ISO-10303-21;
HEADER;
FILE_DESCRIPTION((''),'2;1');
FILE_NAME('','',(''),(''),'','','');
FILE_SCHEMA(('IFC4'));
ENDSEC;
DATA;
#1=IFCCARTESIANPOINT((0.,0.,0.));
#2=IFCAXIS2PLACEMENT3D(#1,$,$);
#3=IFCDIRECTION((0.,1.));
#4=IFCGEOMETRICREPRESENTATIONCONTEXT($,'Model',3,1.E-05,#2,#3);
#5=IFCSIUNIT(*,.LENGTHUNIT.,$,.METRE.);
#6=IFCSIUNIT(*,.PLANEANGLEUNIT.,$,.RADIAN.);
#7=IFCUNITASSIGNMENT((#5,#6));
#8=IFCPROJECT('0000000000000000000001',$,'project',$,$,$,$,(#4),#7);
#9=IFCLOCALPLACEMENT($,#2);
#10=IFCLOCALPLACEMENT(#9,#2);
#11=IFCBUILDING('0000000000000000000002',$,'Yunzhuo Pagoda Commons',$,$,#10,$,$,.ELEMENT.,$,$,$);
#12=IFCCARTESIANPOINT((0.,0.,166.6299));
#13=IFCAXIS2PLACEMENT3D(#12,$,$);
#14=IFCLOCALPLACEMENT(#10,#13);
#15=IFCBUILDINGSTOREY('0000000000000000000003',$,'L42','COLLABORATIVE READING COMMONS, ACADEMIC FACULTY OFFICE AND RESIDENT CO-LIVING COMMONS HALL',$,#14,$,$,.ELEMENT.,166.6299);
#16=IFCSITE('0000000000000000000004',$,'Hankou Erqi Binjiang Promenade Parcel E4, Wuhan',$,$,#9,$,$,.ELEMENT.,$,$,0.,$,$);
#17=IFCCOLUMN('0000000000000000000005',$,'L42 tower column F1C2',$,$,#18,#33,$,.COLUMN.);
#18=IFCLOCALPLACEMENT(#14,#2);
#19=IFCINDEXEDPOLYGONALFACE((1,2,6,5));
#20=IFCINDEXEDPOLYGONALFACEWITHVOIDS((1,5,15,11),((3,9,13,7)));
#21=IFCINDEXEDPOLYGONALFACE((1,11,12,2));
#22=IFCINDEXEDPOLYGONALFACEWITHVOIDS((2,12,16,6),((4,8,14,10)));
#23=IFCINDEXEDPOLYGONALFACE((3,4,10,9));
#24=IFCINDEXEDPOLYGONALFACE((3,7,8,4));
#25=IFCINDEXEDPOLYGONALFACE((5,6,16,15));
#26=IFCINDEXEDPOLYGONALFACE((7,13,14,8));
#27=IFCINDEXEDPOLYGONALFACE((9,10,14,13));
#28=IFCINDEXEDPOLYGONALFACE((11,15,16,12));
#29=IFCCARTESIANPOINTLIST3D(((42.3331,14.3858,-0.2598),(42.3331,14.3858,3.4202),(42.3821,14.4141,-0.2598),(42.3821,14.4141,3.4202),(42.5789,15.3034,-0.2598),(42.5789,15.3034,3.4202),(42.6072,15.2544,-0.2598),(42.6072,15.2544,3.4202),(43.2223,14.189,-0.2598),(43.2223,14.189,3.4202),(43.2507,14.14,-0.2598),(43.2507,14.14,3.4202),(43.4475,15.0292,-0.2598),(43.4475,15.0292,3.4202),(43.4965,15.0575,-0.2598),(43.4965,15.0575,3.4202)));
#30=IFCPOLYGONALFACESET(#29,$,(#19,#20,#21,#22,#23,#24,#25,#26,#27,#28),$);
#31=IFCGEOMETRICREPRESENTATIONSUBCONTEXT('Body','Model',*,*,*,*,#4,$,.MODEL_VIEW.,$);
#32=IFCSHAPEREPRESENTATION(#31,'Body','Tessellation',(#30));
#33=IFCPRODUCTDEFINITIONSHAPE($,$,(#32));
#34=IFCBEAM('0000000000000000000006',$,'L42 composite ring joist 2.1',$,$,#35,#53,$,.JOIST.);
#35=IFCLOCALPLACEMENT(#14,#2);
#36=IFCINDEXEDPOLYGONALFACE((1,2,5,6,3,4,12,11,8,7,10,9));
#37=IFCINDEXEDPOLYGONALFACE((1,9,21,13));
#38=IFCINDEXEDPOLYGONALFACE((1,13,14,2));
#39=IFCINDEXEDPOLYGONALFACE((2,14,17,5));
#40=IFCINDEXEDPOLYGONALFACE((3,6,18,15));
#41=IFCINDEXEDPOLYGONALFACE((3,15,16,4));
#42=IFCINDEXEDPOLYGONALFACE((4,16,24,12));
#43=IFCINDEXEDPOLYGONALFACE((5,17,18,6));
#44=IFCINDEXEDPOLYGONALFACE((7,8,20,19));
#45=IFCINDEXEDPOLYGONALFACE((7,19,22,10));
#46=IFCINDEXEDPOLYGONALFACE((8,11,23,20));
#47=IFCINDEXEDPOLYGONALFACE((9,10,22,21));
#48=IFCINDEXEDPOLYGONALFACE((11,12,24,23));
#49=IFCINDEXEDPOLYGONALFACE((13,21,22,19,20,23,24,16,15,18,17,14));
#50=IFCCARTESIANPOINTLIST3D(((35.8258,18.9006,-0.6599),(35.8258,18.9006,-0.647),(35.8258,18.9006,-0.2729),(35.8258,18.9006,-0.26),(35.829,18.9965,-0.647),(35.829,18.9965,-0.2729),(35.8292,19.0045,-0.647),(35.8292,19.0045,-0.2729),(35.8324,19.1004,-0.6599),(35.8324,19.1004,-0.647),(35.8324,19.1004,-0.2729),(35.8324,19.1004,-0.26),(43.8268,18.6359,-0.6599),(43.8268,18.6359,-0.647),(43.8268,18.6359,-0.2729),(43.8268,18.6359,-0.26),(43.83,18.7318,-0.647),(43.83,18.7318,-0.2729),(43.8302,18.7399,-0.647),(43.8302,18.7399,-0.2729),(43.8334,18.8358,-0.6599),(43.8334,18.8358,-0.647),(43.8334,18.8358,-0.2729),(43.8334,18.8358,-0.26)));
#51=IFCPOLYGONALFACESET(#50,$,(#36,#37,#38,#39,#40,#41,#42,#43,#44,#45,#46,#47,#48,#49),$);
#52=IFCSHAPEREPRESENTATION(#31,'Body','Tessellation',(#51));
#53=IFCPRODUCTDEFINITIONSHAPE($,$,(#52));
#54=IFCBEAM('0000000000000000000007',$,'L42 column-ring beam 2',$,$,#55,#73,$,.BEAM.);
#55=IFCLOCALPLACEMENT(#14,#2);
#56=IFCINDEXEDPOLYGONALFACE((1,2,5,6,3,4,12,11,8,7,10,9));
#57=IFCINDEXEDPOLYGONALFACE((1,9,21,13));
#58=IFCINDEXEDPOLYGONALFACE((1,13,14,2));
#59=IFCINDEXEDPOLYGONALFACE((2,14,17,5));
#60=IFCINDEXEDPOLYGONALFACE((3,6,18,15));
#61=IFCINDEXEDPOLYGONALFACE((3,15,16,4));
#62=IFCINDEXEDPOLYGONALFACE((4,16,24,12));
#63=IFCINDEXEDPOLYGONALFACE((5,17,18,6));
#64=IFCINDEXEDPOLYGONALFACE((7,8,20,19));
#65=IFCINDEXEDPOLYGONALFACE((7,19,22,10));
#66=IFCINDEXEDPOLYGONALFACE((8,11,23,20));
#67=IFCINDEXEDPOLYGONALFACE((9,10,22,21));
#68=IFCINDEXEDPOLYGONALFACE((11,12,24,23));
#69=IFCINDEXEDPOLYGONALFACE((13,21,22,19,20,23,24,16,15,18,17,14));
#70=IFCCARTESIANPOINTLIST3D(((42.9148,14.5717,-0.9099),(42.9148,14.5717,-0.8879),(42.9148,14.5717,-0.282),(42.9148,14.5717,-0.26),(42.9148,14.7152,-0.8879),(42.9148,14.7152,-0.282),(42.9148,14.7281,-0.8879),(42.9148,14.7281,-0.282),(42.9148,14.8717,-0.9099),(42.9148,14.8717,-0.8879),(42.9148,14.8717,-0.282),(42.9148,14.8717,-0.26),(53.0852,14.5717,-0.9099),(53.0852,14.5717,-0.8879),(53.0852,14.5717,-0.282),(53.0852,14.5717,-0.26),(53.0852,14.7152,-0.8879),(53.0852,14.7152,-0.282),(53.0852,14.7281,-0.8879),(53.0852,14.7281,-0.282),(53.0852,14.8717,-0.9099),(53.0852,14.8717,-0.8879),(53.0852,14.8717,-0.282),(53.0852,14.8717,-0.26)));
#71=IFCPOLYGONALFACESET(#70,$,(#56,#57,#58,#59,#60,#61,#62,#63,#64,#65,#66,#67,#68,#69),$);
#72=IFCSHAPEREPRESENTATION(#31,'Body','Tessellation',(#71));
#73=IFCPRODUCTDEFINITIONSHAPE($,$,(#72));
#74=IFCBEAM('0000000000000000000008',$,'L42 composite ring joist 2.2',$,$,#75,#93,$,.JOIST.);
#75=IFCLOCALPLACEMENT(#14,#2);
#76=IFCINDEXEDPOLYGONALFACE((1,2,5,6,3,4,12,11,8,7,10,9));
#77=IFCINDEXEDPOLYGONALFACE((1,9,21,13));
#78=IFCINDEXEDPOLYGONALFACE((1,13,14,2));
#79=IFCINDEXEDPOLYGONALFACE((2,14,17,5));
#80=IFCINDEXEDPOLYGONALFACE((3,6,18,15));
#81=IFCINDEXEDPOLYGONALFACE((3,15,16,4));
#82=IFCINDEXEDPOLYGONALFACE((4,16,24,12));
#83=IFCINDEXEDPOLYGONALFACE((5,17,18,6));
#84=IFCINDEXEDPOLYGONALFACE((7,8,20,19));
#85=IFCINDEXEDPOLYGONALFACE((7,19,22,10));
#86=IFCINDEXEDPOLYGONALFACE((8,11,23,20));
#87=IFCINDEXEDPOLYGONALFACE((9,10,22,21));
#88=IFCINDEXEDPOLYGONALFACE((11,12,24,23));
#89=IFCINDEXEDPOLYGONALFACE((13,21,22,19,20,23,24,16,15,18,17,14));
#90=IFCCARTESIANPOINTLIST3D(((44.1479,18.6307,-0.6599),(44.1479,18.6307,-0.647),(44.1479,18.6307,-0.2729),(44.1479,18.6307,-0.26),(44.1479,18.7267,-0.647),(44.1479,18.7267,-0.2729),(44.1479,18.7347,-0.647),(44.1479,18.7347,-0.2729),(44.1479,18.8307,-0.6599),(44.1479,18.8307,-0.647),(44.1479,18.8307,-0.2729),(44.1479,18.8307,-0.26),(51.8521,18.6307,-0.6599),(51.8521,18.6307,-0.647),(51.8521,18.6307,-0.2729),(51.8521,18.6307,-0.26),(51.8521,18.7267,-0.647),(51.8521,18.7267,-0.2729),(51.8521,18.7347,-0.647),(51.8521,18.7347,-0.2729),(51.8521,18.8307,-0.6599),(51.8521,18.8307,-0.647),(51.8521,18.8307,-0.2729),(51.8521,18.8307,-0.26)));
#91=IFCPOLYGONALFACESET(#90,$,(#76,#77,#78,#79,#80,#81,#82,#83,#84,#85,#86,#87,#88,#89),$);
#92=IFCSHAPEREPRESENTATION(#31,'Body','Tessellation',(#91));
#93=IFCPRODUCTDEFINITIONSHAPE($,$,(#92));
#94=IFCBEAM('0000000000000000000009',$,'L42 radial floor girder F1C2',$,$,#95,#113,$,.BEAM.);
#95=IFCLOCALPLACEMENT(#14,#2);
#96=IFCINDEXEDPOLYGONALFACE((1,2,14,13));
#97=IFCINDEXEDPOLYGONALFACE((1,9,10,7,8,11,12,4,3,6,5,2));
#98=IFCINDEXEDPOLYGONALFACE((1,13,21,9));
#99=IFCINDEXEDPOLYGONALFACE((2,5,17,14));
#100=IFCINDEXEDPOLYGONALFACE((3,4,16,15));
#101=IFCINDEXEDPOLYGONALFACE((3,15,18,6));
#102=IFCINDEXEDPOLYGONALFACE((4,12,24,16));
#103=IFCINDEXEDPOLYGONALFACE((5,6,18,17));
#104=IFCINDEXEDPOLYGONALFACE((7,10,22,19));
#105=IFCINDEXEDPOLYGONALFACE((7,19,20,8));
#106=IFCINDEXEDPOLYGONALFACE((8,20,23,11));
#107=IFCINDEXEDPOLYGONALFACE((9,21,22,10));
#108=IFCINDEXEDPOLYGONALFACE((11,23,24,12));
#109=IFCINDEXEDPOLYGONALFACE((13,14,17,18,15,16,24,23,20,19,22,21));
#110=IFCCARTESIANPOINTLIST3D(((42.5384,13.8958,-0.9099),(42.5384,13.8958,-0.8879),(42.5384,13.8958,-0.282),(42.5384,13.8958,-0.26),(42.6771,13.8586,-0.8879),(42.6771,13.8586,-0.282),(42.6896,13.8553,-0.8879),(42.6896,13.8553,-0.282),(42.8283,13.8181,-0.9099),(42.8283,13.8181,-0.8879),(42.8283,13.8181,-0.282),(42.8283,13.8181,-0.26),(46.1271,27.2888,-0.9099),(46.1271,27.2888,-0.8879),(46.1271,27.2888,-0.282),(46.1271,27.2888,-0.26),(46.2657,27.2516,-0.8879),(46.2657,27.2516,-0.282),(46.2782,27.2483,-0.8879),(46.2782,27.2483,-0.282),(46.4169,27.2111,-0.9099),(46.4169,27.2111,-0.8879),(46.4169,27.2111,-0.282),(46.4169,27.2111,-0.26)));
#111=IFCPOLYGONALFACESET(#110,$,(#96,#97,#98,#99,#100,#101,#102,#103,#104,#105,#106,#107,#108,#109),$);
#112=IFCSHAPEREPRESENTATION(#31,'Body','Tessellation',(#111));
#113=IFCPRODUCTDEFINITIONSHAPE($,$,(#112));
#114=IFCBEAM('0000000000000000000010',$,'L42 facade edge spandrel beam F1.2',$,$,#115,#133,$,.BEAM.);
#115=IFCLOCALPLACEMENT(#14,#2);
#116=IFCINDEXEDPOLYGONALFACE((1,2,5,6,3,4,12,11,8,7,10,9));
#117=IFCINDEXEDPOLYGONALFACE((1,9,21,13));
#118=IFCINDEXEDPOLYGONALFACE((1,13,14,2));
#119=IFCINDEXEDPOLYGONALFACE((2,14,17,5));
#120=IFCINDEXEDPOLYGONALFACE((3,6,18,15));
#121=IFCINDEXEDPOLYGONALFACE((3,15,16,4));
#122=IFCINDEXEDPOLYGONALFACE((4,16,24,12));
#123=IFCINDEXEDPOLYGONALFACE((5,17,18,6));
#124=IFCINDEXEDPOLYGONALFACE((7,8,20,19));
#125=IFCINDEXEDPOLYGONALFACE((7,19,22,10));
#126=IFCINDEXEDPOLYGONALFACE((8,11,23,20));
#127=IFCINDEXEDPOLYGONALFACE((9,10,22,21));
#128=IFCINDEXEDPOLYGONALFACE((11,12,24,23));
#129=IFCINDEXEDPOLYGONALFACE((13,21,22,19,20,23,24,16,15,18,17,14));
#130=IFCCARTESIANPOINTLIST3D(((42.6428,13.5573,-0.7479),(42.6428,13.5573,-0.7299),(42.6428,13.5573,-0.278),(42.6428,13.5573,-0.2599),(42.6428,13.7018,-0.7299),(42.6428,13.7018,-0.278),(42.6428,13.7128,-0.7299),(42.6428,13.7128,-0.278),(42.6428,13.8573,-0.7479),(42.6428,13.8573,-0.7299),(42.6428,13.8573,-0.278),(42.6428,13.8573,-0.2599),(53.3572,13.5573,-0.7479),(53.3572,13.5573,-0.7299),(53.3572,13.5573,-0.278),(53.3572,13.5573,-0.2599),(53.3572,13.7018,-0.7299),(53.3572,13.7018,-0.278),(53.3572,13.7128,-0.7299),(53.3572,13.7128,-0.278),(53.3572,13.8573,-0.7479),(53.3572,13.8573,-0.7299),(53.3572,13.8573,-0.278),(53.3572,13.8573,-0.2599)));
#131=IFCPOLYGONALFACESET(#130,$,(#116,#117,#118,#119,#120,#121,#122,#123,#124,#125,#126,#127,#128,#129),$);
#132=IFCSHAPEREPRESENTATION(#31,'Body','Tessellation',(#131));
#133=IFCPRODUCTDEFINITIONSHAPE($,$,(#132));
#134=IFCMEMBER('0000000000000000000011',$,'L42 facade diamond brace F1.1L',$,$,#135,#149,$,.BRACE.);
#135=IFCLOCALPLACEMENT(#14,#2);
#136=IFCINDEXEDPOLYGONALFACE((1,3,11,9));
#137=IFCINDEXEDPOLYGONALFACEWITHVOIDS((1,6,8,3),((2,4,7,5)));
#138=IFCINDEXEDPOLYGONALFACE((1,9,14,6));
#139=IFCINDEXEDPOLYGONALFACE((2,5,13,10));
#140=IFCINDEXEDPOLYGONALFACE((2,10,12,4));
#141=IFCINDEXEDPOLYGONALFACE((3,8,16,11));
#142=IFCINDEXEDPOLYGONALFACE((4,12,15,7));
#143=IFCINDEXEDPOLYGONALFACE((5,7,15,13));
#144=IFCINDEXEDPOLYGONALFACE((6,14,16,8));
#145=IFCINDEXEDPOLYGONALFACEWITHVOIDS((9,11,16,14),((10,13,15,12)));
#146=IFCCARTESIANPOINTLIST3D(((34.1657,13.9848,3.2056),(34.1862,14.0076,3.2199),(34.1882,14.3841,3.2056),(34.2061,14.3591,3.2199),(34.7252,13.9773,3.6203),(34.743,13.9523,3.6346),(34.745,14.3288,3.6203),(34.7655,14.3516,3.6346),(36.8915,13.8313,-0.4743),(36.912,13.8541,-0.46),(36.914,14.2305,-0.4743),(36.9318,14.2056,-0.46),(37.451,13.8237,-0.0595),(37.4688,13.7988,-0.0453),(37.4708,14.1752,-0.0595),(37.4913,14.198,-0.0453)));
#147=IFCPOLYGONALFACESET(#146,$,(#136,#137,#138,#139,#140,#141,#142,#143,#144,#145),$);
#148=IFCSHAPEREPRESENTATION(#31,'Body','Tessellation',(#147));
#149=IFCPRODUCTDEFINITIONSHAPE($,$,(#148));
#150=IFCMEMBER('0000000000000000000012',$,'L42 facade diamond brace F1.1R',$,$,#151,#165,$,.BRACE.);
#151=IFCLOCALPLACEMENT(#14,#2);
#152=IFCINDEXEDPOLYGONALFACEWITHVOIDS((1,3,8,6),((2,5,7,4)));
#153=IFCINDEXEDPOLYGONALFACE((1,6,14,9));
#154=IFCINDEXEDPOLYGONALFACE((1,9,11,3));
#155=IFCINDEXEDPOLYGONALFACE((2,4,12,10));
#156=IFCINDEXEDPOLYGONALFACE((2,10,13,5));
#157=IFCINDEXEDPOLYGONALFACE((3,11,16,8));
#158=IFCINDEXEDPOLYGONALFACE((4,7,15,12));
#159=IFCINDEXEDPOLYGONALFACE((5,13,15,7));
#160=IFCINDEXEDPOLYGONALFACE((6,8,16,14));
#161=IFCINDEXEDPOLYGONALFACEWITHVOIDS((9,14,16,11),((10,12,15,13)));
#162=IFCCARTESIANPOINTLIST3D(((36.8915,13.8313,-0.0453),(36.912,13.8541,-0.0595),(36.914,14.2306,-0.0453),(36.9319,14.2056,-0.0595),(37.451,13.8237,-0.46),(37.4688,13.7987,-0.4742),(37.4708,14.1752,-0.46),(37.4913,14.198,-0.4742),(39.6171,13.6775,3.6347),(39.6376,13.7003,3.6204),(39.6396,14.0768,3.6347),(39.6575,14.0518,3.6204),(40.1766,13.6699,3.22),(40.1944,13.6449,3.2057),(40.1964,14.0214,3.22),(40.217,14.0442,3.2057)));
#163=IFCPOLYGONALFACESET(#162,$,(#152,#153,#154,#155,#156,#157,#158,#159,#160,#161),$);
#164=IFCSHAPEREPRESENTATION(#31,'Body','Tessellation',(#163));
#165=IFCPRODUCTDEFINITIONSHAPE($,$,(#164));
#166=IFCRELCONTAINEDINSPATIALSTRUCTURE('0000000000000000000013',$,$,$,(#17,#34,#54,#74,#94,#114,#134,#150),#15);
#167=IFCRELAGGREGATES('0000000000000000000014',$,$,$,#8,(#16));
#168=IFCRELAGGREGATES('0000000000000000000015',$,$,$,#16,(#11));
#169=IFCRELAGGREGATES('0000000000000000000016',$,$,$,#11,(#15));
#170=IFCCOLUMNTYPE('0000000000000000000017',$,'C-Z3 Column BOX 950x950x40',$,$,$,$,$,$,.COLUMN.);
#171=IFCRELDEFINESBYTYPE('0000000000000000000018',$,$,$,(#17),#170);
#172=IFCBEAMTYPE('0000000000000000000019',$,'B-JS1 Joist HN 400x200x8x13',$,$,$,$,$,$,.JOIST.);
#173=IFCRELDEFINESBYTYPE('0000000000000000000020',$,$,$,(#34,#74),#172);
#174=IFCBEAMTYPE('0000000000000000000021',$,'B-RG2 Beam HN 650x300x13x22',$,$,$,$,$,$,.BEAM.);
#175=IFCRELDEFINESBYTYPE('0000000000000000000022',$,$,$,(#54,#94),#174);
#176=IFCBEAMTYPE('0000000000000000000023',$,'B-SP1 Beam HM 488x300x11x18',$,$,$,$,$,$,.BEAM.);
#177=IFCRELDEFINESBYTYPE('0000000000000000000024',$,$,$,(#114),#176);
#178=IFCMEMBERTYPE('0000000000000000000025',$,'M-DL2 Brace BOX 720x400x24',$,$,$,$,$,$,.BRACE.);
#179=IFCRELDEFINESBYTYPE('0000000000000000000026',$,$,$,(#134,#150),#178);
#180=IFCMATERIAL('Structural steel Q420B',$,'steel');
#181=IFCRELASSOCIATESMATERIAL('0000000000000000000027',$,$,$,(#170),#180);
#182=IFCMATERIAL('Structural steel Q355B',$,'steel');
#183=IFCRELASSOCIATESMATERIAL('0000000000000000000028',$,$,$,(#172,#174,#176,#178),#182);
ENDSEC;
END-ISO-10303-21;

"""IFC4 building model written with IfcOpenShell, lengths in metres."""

from ifc_helpers import new_model, si_unit, direction, frame, origin, origin_2d, place, context, subcontext, project, spatial, hollow_rectangle, i_section, extrude, source, transform, mapped, material, material_profile, profile_set, type_object, element, save


model = new_model("IFC4")

# Units and contexts
model_context = context("Model", 3, precision=1e-05, world=origin(), true_north=direction((0.0, 1.0)))
body_context = subcontext(model_context, "Body", "Model", "MODEL_VIEW")
ifc_project = project(units=[si_unit("LENGTHUNIT", "METRE"), si_unit("PLANEANGLEUNIT", "RADIAN")], contexts=[model_context])

# Site, building, storey
site_placement = place(None, origin())
site = spatial("IfcSite", under=ifc_project, at=site_placement, Name="Hankou Erqi Binjiang Promenade Parcel E4, Wuhan", CompositionType="ELEMENT", RefElevation=0.0)
building_placement = place(site_placement, origin())
building = spatial("IfcBuilding", under=site, at=building_placement, Name="Yunzhuo Pagoda Commons", CompositionType="ELEMENT")
storey_placement = place(building_placement, frame((0.0, 0.0, 166.6299)))
storey = spatial("IfcBuildingStorey", under=building, at=storey_placement, Name="L42", Description="COLLABORATIVE READING COMMONS, ACADEMIC FACULTY OFFICE AND RESIDENT CO-LIVING COMMONS HALL", CompositionType="ELEMENT", Elevation=166.6299)

# Column
ifc_material_1 = material(Name="Structural steel Q420B", Category="steel")
ifc_material_profile_1 = material_profile(ifc_material_1, hollow_rectangle(XDim=0.95, YDim=0.95, WallThickness=0.04, at=origin_2d()), Name="Structural steel Q420B")
ifc_profile_set_1 = profile_set([ifc_material_profile_1], Name="Structural steel Q420B")
column_type = type_object("IfcColumnType", Name="C-Z3 Column BOX 950x950x40", PredefinedType="COLUMN", material=ifc_profile_set_1)
shared_shape_1 = source(origin(), body_context, "Body", "SweptSolid", [
    extrude(hollow_rectangle(XDim=0.95, YDim=0.95, WallThickness=0.04, at=origin_2d()), origin(), (0.0, 0.0, 1.0), 3.6799),
])
column_placement = place(storey_placement, frame((42.9148, 14.7217, -0.2598), z_axis=(0.0, 0.0, 1.0), x_axis=(0.965926, -0.258819, 0.0)))
element("IfcColumn", 1, at=column_placement, inside=storey, type_object=column_type, Name="L42 tower column F1C2", PredefinedType="COLUMN", context=body_context, shape_type="MappedRepresentation", body=[
    mapped(shared_shape_1, transform((0.0, 0.0, 0.0), scale=1.0)),
])

# Beams
ifc_material_2 = material(Name="Structural steel Q355B", Category="steel")
ifc_material_profile_2 = material_profile(ifc_material_2, i_section(OverallWidth=0.2, OverallDepth=0.3999, WebThickness=0.0081, FlangeThickness=0.0129, at=origin_2d()), Name="Structural steel Q355B")
ifc_profile_set_2 = profile_set([ifc_material_profile_2], Name="Structural steel Q355B")
beam_type_1 = type_object("IfcBeamType", Name="B-JS1 Joist HN 400x200x8x13", PredefinedType="JOIST", material=ifc_profile_set_2)
shared_shape_2 = source(origin(), body_context, "Body", "SweptSolid", [
    extrude(i_section(OverallWidth=0.2, OverallDepth=0.3999, WebThickness=0.0081, FlangeThickness=0.0129, at=origin_2d()), origin(), (0.0, 0.0, 1.0), 8.0054),
])
beam_1_placement = place(storey_placement, frame((35.8291, 19.0005, -0.46), z_axis=(0.999453, -0.033059, 0.0), x_axis=(0.033059, 0.999453, 0.0)))
element("IfcBeam", 2, at=beam_1_placement, inside=storey, type_object=beam_type_1, Name="L42 composite ring joist 2.1", PredefinedType="JOIST", context=body_context, shape_type="MappedRepresentation", body=[
    mapped(shared_shape_2, transform((0.0, 0.0, 0.0), scale=1.0)),
])
ifc_material_profile_3 = material_profile(ifc_material_2, i_section(OverallWidth=0.3, OverallDepth=0.6499, WebThickness=0.0129, FlangeThickness=0.022, at=origin_2d()), Name="Structural steel Q355B")
ifc_profile_set_3 = profile_set([ifc_material_profile_3], Name="Structural steel Q355B")
beam_type_2 = type_object("IfcBeamType", Name="B-RG2 Beam HN 650x300x13x22", PredefinedType="BEAM", material=ifc_profile_set_3)
shared_shape_3 = source(origin(), body_context, "Body", "SweptSolid", [
    extrude(i_section(OverallWidth=0.3, OverallDepth=0.6499, WebThickness=0.0129, FlangeThickness=0.022, at=origin_2d()), origin(), (0.0, 0.0, 1.0), 10.1704),
])
beam_2_placement = place(storey_placement, frame((42.9148, 14.7217, -0.585), z_axis=(1.0, 0.0, 0.0), x_axis=(0.0, 1.0, 0.0)))
element("IfcBeam", 3, at=beam_2_placement, inside=storey, type_object=beam_type_2, Name="L42 column-ring beam 2", PredefinedType="BEAM", context=body_context, shape_type="MappedRepresentation", body=[
    mapped(shared_shape_3, transform((0.0, 0.0, 0.0), scale=1.0)),
])
shared_shape_4 = source(origin(), body_context, "Body", "SweptSolid", [
    extrude(i_section(OverallWidth=0.2, OverallDepth=0.3999, WebThickness=0.0081, FlangeThickness=0.0129, at=origin_2d()), origin(), (0.0, 0.0, 1.0), 7.7041),
])
beam_3_placement = place(storey_placement, frame((44.1479, 18.7307, -0.46), z_axis=(1.0, 0.0, 0.0), x_axis=(0.0, 1.0, 0.0)))
element("IfcBeam", 4, at=beam_3_placement, inside=storey, type_object=beam_type_1, Name="L42 composite ring joist 2.2", PredefinedType="JOIST", context=body_context, shape_type="MappedRepresentation", body=[
    mapped(shared_shape_4, transform((0.0, 0.0, 0.0), scale=1.0)),
])
shared_shape_5 = source(origin(), body_context, "Body", "SweptSolid", [
    extrude(i_section(OverallWidth=0.3, OverallDepth=0.6499, WebThickness=0.0129, FlangeThickness=0.022, at=origin_2d()), origin(), (0.0, 0.0, 1.0), 13.8655),
])
beam_4_placement = place(storey_placement, frame((42.6833, 13.8569, -0.585), z_axis=(0.258816, 0.965927, 0.0), x_axis=(-0.965927, 0.258816, 0.0)))
element("IfcBeam", 5, at=beam_4_placement, inside=storey, type_object=beam_type_2, Name="L42 radial floor girder F1C2", PredefinedType="BEAM", context=body_context, shape_type="MappedRepresentation", body=[
    mapped(shared_shape_5, transform((0.0, 0.0, 0.0), scale=1.0)),
])
ifc_material_profile_4 = material_profile(ifc_material_2, i_section(OverallWidth=0.3, OverallDepth=0.488, WebThickness=0.011, FlangeThickness=0.0181, at=origin_2d()), Name="Structural steel Q355B")
ifc_profile_set_4 = profile_set([ifc_material_profile_4], Name="Structural steel Q355B")
beam_type_3 = type_object("IfcBeamType", Name="B-SP1 Beam HM 488x300x11x18", PredefinedType="BEAM", material=ifc_profile_set_4)
shared_shape_6 = source(origin(), body_context, "Body", "SweptSolid", [
    extrude(i_section(OverallWidth=0.3, OverallDepth=0.488, WebThickness=0.011, FlangeThickness=0.0181, at=origin_2d()), origin(), (0.0, 0.0, 1.0), 10.7144),
])
beam_5_placement = place(storey_placement, frame((42.6428, 13.7073, -0.5039), z_axis=(1.0, 0.0, 0.0), x_axis=(0.0, 1.0, 0.0)))
element("IfcBeam", 6, at=beam_5_placement, inside=storey, type_object=beam_type_3, Name="L42 facade edge spandrel beam F1.2", PredefinedType="BEAM", context=body_context, shape_type="MappedRepresentation", body=[
    mapped(shared_shape_6, transform((0.0, 0.0, 0.0), scale=1.0)),
])

# Members
ifc_material_profile_5 = material_profile(ifc_material_2, hollow_rectangle(XDim=0.3999, YDim=0.72, WallThickness=0.0239, at=origin_2d()), Name="Structural steel Q355B")
ifc_profile_set_5 = profile_set([ifc_material_profile_5], Name="Structural steel Q355B")
member_type_1 = type_object("IfcMemberType", Name="M-DL2 Brace BOX 720x400x24", PredefinedType="BRACE", material=ifc_profile_set_5)
shared_shape_7 = source(origin(), body_context, "Body", "SweptSolid", [
    extrude(hollow_rectangle(XDim=0.3999, YDim=0.72, WallThickness=0.0239, at=origin_2d()), origin(), (0.0, 0.0, 1.0), 4.582),
])
for number, where, z_axis, x_axis, name in (
    (7, (37.1914, 14.0146, -0.2598), (-0.594887, 0.033514, 0.803111), (-0.056248, -0.998417, 0.0), "L42 facade diamond brace F1.1L"),
    (8, (37.1914, 14.0146, -0.2598), (0.594851, -0.033568, 0.803135), (0.056342, 0.998412, 0.0), "L42 facade diamond brace F1.1R"),
):
    element("IfcMember", number, at=place(storey_placement, frame(where, z_axis=z_axis, x_axis=x_axis)), inside=storey, type_object=member_type_1, Name=name, PredefinedType="BRACE", context=body_context, shape_type="MappedRepresentation", body=[
        mapped(shared_shape_7, transform((0.0, 0.0, 0.0), scale=1.0)),
    ])

save(model, "model.ifc")
